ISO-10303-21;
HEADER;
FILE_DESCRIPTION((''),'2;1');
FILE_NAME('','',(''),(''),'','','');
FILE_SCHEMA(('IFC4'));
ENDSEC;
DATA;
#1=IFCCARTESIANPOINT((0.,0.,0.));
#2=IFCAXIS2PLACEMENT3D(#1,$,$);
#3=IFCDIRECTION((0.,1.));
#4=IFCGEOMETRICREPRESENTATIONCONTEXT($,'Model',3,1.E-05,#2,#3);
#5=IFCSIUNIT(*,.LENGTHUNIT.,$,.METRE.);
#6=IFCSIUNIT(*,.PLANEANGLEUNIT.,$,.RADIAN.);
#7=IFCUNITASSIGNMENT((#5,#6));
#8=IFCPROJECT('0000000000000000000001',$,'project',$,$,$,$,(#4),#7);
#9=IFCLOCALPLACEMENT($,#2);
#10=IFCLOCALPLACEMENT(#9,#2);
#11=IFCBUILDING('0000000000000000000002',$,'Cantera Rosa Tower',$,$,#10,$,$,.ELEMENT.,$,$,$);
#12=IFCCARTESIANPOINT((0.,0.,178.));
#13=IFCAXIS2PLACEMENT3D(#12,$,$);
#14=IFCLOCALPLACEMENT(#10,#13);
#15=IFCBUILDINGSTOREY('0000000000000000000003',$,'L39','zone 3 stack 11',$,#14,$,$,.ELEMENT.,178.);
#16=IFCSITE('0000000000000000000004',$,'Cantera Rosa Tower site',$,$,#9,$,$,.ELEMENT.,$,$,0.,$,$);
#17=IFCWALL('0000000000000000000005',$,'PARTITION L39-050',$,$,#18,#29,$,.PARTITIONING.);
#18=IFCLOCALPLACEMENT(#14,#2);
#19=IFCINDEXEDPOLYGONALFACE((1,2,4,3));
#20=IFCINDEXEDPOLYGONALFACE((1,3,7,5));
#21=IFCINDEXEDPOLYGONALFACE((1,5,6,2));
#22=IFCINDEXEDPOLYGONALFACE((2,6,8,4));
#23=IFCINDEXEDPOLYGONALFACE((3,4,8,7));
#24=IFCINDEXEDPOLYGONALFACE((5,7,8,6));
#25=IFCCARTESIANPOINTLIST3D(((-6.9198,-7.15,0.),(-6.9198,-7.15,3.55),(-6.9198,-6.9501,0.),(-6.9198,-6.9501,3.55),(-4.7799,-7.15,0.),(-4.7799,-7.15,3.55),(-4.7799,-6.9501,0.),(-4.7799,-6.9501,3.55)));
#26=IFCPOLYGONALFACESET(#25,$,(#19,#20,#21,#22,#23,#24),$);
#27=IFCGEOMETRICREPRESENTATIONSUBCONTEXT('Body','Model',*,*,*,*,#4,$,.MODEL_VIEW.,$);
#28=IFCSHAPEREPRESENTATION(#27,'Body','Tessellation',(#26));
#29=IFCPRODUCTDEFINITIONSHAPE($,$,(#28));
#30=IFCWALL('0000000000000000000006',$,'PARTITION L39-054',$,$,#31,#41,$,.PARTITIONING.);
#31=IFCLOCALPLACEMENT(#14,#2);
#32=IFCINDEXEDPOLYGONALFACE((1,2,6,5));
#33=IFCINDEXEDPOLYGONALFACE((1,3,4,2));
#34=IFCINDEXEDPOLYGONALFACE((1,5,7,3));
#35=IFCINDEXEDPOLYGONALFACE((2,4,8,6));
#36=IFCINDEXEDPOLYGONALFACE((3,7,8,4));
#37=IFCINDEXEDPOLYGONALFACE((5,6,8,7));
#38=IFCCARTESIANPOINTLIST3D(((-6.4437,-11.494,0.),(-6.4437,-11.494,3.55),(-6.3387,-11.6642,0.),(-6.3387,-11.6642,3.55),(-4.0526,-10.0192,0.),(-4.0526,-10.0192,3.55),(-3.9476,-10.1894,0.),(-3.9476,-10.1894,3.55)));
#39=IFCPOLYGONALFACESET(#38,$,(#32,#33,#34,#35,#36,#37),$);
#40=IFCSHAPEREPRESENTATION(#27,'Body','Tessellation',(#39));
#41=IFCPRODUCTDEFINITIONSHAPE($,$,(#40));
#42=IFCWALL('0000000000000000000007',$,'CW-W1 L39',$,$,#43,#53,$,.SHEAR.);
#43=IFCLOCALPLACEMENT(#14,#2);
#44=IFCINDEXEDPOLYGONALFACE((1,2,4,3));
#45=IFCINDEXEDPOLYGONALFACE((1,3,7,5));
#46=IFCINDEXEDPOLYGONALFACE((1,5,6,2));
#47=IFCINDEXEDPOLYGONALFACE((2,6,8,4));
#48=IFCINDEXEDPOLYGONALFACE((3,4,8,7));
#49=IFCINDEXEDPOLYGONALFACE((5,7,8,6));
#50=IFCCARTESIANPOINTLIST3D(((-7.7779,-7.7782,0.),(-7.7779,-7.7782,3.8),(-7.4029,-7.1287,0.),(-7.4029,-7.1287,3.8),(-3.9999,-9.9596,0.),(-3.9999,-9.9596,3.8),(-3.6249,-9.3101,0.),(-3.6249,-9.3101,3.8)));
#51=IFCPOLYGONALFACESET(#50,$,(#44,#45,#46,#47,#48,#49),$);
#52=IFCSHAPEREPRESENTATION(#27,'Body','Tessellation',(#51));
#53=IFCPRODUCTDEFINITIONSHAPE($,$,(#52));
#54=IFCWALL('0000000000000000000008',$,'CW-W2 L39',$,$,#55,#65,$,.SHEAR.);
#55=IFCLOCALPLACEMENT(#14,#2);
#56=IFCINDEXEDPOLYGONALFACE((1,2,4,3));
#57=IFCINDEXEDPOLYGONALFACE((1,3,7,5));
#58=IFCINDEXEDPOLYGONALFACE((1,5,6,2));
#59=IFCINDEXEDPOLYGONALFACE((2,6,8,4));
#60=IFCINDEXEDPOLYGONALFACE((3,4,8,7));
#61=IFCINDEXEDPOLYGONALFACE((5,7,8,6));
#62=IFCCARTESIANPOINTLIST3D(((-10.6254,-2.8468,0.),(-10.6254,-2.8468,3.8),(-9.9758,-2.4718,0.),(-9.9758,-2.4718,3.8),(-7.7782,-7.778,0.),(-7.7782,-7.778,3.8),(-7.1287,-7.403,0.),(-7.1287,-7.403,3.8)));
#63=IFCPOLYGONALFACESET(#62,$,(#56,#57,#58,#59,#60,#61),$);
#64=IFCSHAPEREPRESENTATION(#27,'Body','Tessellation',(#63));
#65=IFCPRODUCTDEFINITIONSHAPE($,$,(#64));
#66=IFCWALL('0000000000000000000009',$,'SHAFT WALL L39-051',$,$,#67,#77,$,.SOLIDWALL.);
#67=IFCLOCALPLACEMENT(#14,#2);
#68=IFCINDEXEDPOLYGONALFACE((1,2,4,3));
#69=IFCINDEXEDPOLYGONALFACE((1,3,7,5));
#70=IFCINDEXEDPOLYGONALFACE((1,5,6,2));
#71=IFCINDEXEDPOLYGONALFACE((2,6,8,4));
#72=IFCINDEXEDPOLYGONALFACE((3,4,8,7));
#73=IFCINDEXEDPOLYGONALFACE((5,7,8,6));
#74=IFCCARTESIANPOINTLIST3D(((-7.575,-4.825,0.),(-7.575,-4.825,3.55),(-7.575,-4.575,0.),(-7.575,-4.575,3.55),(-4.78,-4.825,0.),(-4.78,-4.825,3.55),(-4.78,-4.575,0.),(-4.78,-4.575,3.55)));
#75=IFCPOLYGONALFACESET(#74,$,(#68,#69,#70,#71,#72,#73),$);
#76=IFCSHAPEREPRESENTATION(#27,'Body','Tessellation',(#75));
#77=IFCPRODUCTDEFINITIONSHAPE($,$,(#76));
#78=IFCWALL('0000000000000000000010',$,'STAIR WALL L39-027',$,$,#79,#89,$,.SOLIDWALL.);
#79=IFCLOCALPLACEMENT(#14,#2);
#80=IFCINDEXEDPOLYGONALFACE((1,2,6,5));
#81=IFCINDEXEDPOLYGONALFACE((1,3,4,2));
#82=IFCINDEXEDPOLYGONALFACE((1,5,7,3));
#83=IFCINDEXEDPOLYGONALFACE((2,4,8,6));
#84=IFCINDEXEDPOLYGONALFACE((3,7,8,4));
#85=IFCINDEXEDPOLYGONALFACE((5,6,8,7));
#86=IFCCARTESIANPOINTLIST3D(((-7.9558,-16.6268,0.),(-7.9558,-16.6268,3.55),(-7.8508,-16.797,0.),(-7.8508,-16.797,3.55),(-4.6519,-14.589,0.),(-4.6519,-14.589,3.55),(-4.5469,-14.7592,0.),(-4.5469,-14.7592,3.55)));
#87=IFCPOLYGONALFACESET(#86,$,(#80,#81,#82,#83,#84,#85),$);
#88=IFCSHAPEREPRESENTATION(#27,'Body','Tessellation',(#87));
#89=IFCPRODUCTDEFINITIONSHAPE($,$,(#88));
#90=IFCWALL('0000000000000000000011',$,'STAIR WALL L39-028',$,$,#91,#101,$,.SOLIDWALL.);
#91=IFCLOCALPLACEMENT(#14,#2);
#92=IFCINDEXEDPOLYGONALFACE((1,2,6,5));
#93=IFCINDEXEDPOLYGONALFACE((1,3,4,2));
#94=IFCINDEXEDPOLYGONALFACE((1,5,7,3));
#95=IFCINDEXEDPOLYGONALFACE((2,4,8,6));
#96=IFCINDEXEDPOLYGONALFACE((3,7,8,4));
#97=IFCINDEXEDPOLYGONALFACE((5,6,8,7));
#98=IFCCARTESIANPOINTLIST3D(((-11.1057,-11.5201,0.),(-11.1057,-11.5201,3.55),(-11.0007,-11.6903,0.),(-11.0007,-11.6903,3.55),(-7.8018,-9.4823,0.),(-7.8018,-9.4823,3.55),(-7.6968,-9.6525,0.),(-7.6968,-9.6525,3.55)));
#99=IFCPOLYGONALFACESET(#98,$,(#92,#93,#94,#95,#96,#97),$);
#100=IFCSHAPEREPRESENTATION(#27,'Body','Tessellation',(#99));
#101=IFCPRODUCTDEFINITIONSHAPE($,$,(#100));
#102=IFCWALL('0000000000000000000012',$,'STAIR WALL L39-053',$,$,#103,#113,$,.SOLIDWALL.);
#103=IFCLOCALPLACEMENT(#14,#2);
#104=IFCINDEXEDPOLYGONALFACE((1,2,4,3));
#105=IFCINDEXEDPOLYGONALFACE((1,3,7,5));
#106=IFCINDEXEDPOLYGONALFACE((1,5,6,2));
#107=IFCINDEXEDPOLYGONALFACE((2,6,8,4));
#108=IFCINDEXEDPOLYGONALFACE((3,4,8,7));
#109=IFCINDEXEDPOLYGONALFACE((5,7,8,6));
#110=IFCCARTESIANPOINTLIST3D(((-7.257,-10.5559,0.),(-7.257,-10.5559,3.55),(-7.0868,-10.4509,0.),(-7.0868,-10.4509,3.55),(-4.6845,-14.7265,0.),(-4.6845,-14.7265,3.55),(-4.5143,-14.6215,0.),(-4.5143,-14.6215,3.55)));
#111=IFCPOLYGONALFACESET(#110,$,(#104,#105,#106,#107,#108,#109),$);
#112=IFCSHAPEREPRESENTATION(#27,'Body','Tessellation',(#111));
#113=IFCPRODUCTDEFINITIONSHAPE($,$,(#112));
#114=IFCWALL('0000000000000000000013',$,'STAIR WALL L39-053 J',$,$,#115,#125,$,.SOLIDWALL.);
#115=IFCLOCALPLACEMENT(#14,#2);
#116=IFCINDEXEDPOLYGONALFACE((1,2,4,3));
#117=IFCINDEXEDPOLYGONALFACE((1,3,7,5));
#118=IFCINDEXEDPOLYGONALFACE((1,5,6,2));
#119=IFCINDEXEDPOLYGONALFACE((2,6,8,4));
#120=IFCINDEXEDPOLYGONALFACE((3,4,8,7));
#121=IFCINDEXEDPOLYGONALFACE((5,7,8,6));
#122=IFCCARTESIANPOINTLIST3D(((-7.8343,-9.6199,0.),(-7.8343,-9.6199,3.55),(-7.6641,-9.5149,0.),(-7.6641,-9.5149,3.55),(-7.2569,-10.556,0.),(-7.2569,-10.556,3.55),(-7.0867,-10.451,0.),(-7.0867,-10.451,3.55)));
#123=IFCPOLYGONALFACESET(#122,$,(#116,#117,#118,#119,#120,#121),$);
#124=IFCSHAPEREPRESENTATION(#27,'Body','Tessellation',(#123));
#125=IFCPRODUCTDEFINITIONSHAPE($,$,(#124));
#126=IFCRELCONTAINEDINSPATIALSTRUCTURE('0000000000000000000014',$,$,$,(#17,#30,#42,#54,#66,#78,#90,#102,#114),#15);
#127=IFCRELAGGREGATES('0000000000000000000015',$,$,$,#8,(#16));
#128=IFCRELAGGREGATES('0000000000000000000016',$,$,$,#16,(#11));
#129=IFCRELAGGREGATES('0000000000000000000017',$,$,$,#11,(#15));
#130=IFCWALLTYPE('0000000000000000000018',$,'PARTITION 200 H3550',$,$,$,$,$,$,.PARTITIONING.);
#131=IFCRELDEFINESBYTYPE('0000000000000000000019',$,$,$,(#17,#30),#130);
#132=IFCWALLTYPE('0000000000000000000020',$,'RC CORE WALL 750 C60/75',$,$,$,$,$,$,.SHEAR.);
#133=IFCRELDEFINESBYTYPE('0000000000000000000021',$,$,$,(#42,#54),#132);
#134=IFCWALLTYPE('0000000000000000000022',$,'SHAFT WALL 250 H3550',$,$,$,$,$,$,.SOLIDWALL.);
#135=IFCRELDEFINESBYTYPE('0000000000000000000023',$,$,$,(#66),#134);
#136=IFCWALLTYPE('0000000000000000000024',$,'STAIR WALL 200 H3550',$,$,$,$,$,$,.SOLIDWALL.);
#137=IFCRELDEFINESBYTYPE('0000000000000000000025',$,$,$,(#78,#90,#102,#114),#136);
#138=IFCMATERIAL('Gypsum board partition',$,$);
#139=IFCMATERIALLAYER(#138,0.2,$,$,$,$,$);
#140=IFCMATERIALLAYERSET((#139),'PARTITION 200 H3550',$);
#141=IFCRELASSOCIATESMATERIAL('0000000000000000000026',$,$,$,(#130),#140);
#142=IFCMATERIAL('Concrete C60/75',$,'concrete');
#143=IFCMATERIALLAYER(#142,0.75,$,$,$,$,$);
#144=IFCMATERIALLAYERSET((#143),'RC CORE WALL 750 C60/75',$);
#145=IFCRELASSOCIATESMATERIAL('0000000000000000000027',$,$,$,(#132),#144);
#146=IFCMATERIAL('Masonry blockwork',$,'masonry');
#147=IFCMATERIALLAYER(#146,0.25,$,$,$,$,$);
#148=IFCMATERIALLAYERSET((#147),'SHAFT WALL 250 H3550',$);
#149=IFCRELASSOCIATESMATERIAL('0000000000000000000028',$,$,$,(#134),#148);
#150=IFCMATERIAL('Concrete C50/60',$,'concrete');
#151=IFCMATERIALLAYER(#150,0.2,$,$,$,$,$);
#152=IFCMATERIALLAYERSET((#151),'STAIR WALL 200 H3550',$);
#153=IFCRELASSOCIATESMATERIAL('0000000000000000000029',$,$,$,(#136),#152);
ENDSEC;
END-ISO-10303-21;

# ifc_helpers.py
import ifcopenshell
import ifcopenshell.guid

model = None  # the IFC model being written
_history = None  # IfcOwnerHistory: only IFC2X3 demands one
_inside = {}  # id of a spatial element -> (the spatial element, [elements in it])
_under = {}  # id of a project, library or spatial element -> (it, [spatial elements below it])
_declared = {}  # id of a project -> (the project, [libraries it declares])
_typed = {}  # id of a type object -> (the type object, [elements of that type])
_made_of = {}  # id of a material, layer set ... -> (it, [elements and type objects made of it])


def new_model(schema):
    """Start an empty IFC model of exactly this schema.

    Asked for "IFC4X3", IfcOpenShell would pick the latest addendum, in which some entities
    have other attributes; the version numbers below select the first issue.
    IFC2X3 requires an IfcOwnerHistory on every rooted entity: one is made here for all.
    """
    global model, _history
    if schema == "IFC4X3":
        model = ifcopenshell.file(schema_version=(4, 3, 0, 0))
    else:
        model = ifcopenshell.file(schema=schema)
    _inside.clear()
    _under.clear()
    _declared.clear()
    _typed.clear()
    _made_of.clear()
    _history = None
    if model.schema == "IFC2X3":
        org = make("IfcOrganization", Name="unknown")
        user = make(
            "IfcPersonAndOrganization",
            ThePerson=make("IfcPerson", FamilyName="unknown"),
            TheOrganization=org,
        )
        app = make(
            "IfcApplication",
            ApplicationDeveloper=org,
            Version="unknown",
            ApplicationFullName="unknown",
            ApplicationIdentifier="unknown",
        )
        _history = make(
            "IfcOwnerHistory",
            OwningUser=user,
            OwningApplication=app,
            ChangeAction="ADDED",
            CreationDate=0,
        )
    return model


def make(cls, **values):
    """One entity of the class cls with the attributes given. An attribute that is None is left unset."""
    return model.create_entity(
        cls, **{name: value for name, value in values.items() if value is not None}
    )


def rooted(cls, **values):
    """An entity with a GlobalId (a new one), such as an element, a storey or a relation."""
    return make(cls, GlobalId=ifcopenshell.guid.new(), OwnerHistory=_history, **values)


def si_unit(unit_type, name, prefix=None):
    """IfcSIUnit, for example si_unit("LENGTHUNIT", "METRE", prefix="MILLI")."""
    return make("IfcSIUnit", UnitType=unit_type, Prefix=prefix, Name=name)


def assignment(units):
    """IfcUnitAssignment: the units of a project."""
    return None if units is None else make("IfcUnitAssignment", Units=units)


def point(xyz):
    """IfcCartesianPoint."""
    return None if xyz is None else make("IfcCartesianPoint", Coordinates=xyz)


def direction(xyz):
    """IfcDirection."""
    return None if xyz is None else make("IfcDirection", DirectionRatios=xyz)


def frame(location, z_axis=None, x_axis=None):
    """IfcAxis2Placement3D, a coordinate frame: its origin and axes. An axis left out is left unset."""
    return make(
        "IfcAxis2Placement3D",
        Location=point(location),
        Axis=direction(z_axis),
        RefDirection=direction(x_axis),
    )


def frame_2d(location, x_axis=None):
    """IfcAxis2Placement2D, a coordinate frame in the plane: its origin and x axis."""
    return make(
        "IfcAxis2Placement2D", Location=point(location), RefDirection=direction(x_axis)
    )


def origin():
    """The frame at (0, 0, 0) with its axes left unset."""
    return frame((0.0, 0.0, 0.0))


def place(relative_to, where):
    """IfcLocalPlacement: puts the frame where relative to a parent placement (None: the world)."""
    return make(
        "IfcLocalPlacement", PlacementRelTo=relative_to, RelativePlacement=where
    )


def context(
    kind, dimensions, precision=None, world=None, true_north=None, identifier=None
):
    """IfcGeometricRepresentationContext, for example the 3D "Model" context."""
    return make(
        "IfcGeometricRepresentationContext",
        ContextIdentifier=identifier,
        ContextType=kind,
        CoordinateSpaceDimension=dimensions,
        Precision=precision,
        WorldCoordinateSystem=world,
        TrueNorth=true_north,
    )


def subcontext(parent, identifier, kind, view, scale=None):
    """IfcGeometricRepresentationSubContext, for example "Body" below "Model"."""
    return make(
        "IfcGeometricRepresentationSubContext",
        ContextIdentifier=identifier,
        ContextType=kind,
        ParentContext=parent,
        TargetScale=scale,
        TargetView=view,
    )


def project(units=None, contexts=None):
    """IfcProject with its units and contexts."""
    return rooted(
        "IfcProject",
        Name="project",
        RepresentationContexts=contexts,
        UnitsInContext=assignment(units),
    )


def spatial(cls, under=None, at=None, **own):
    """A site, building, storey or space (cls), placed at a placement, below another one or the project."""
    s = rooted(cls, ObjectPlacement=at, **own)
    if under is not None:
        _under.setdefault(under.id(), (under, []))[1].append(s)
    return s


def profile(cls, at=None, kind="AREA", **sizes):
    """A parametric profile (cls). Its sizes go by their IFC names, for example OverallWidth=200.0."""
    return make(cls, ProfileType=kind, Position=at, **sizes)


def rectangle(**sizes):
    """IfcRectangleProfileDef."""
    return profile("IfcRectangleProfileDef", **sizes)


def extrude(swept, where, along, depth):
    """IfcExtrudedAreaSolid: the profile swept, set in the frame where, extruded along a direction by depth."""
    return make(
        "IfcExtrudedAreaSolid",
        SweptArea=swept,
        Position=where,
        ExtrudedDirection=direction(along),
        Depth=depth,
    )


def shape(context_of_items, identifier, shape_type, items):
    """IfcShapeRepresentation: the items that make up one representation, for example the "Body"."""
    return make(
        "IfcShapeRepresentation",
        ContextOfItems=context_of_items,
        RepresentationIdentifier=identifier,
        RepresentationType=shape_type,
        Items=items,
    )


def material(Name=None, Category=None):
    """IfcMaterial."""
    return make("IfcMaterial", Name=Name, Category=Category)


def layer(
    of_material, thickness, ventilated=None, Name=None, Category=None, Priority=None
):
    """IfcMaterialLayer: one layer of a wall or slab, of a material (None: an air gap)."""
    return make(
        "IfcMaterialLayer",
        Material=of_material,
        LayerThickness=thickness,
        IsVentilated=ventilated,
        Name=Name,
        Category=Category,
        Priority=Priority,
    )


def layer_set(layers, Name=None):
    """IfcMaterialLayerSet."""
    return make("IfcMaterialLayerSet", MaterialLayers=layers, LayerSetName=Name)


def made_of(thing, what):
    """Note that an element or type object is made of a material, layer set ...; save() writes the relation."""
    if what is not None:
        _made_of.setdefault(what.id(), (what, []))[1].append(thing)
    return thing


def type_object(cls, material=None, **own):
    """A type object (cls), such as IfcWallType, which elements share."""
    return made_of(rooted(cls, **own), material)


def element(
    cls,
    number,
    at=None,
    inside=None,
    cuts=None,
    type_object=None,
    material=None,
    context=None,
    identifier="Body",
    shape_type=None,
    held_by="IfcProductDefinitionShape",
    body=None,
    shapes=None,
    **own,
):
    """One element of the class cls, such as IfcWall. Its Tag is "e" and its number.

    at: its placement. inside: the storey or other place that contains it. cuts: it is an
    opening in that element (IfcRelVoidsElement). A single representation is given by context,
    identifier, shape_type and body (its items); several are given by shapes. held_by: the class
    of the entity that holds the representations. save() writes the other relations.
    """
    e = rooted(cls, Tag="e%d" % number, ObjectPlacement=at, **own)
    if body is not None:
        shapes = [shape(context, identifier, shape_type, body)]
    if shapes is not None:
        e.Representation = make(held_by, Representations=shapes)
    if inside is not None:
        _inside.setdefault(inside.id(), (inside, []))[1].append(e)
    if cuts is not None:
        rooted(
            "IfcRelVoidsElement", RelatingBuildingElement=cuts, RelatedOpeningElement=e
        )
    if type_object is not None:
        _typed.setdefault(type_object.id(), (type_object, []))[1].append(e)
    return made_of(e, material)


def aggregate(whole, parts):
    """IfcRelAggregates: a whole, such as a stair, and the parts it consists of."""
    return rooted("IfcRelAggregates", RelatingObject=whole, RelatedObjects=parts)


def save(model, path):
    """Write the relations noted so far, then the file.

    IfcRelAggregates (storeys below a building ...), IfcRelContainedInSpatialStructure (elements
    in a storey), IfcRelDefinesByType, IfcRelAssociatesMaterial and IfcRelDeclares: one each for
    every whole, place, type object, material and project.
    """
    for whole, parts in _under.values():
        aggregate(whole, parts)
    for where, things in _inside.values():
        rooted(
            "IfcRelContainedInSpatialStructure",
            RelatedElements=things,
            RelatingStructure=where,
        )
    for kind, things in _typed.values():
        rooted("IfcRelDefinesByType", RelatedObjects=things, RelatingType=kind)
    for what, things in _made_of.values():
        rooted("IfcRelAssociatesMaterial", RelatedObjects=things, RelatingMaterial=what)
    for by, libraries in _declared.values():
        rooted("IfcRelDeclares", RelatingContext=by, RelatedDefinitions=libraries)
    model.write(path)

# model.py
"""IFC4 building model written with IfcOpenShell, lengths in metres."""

from ifc_helpers import new_model, si_unit, direction, frame, frame_2d, origin, place, context, subcontext, project, spatial, rectangle, extrude, material, layer, layer_set, type_object, element, save


model = new_model("IFC4")

# Units and contexts
model_context = context("Model", 3, precision=1e-05, world=origin(), true_north=direction((0.0, 1.0)))
body_context = subcontext(model_context, "Body", "Model", "MODEL_VIEW")
ifc_project = project(units=[si_unit("LENGTHUNIT", "METRE"), si_unit("PLANEANGLEUNIT", "RADIAN")], contexts=[model_context])

# Site, building, storey
site_placement = place(None, origin())
site = spatial("IfcSite", under=ifc_project, at=site_placement, Name="Cantera Rosa Tower site", CompositionType="ELEMENT", RefElevation=0.0)
building_placement = place(site_placement, origin())
building = spatial("IfcBuilding", under=site, at=building_placement, Name="Cantera Rosa Tower", CompositionType="ELEMENT")
storey_placement = place(building_placement, frame((0.0, 0.0, 178.0)))
storey = spatial("IfcBuildingStorey", under=building, at=storey_placement, Name="L39", Description="zone 3 stack 11", CompositionType="ELEMENT", Elevation=178.0)

# Walls
ifc_material_1 = material(Name="Gypsum board partition")
ifc_layer_1 = layer(ifc_material_1, 0.2)
ifc_layer_set_1 = layer_set([ifc_layer_1], Name="PARTITION 200 H3550")
wall_type_1 = type_object("IfcWallType", Name="PARTITION 200 H3550", PredefinedType="PARTITIONING", material=ifc_layer_set_1)
wall_1_placement = place(storey_placement, frame((-4.78, -7.05, 0.0), z_axis=(0.0, 0.0, 1.0), x_axis=(-1.0, 0.0, 0.0)))
element("IfcWall", 1, at=wall_1_placement, inside=storey, type_object=wall_type_1, Name="PARTITION L39-050", PredefinedType="PARTITIONING", context=body_context, shape_type="SweptSolid", body=[
    extrude(rectangle(XDim=2.1399, YDim=0.2, at=frame_2d((1.0698, 0.0))), origin(), (0.0, 0.0, 1.0), 3.55),
])
wall_2_placement = place(storey_placement, frame((-4.0, -10.1042, 0.0), z_axis=(0.0, 0.0, 1.0), x_axis=(-0.851118, -0.524975, 0.0)))
element("IfcWall", 2, at=wall_2_placement, inside=storey, type_object=wall_type_1, Name="PARTITION L39-054", PredefinedType="PARTITIONING", context=body_context, shape_type="SweptSolid", body=[
    extrude(rectangle(XDim=2.8093, YDim=0.2, at=frame_2d((1.4048, 0.0))), origin(), (0.0, 0.0, 1.0), 3.55),
])
ifc_material_2 = material(Name="Concrete C60/75", Category="concrete")
ifc_layer_2 = layer(ifc_material_2, 0.75)
ifc_layer_set_2 = layer_set([ifc_layer_2], Name="RC CORE WALL 750 C60/75")
wall_type_2 = type_object("IfcWallType", Name="RC CORE WALL 750 C60/75", PredefinedType="SHEAR", material=ifc_layer_set_2)
wall_3_placement = place(storey_placement, frame((-3.8125, -9.6348, 0.0), z_axis=(0.0, 0.0, 1.0), x_axis=(-0.866013, 0.500021, 0.0)))
element("IfcWall", 3, at=wall_3_placement, inside=storey, type_object=wall_type_2, Name="CW-W1 L39", PredefinedType="SHEAR", context=body_context, shape_type="SweptSolid", body=[
    extrude(rectangle(XDim=4.3625, YDim=0.75, at=frame_2d((2.1812, 0.0))), origin(), (0.0, 0.0, 1.0), 3.8),
])
wall_4_placement = place(storey_placement, frame((-7.4534, -7.5906, 0.0), z_axis=(0.0, 0.0, 1.0), x_axis=(-0.500022, 0.866013, 0.0)))
element("IfcWall", 4, at=wall_4_placement, inside=storey, type_object=wall_type_2, Name="CW-W2 L39", PredefinedType="SHEAR", context=body_context, shape_type="SweptSolid", body=[
    extrude(rectangle(XDim=5.6941, YDim=0.75, at=frame_2d((2.8472, 0.0))), origin(), (0.0, 0.0, 1.0), 3.8),
])
ifc_material_3 = material(Name="Masonry blockwork", Category="masonry")
ifc_layer_3 = layer(ifc_material_3, 0.25)
ifc_layer_set_3 = layer_set([ifc_layer_3], Name="SHAFT WALL 250 H3550")
wall_type_3 = type_object("IfcWallType", Name="SHAFT WALL 250 H3550", PredefinedType="SOLIDWALL", material=ifc_layer_set_3)
wall_5_placement = place(storey_placement, frame((-4.78, -4.7, 0.0), z_axis=(0.0, 0.0, 1.0), x_axis=(-1.0, 0.0, 0.0)))
element("IfcWall", 5, at=wall_5_placement, inside=storey, type_object=wall_type_3, Name="SHAFT WALL L39-051", PredefinedType="SOLIDWALL", context=body_context, shape_type="SweptSolid", body=[
    extrude(rectangle(XDim=2.7949, YDim=0.25, at=frame_2d((1.3975, 0.0))), origin(), (0.0, 0.0, 1.0), 3.55),
])
ifc_material_4 = material(Name="Concrete C50/60", Category="concrete")
ifc_layer_4 = layer(ifc_material_4, 0.2)
ifc_layer_set_4 = layer_set([ifc_layer_4], Name="STAIR WALL 200 H3550")
wall_type_4 = type_object("IfcWallType", Name="STAIR WALL 200 H3550", PredefinedType="SOLIDWALL", material=ifc_layer_set_4)
for number, where, z_axis, x_axis, name in (
    (6, (-7.9033, -16.7119, 0.0), (0.0, 0.0, 1.0), (0.851125, 0.524964, 0.0), "STAIR WALL L39-027"),
    (7, (-7.7493, -9.5674, 0.0), (0.0, 0.0, 1.0), (-0.851125, -0.524964, 0.0), "STAIR WALL L39-028"),
):
    element("IfcWall", number, at=place(storey_placement, frame(where, z_axis=z_axis, x_axis=x_axis)), inside=storey, type_object=wall_type_4, Name=name, PredefinedType="SOLIDWALL", context=body_context, shape_type="SweptSolid", body=[
        extrude(rectangle(XDim=3.8818, YDim=0.2, at=frame_2d((1.9409, 0.0))), origin(), (0.0, 0.0, 1.0), 3.55),
    ])
wall_6_placement = place(storey_placement, frame((-4.5994, -14.6741, 0.0), z_axis=(0.0, 0.0, 1.0), x_axis=(-0.524978, 0.851116, 0.0)))
element("IfcWall", 8, at=wall_6_placement, inside=storey, type_object=wall_type_4, Name="STAIR WALL L39-053", PredefinedType="SOLIDWALL", context=body_context, shape_type="SweptSolid", body=[
    extrude(rectangle(XDim=4.9001, YDim=0.2, at=frame_2d((2.4502, 0.0))), origin(), (0.0, 0.0, 1.0), 3.55),
])
wall_7_placement = place(storey_placement, frame((-7.1719, -10.5034, 0.0), z_axis=(0.0, 0.0, 1.0), x_axis=(-0.525001, 0.851101, 0.0)))
element("IfcWall", 9, at=wall_7_placement, inside=storey, type_object=wall_type_4, Name="STAIR WALL L39-053 J", PredefinedType="SOLIDWALL", context=body_context, shape_type="SweptSolid", body=[
    extrude(rectangle(XDim=1.0999, YDim=0.2, at=frame_2d((0.5498, 0.0))), origin(), (0.0, 0.0, 1.0), 3.55),
])

save(model, "model.ifc")
